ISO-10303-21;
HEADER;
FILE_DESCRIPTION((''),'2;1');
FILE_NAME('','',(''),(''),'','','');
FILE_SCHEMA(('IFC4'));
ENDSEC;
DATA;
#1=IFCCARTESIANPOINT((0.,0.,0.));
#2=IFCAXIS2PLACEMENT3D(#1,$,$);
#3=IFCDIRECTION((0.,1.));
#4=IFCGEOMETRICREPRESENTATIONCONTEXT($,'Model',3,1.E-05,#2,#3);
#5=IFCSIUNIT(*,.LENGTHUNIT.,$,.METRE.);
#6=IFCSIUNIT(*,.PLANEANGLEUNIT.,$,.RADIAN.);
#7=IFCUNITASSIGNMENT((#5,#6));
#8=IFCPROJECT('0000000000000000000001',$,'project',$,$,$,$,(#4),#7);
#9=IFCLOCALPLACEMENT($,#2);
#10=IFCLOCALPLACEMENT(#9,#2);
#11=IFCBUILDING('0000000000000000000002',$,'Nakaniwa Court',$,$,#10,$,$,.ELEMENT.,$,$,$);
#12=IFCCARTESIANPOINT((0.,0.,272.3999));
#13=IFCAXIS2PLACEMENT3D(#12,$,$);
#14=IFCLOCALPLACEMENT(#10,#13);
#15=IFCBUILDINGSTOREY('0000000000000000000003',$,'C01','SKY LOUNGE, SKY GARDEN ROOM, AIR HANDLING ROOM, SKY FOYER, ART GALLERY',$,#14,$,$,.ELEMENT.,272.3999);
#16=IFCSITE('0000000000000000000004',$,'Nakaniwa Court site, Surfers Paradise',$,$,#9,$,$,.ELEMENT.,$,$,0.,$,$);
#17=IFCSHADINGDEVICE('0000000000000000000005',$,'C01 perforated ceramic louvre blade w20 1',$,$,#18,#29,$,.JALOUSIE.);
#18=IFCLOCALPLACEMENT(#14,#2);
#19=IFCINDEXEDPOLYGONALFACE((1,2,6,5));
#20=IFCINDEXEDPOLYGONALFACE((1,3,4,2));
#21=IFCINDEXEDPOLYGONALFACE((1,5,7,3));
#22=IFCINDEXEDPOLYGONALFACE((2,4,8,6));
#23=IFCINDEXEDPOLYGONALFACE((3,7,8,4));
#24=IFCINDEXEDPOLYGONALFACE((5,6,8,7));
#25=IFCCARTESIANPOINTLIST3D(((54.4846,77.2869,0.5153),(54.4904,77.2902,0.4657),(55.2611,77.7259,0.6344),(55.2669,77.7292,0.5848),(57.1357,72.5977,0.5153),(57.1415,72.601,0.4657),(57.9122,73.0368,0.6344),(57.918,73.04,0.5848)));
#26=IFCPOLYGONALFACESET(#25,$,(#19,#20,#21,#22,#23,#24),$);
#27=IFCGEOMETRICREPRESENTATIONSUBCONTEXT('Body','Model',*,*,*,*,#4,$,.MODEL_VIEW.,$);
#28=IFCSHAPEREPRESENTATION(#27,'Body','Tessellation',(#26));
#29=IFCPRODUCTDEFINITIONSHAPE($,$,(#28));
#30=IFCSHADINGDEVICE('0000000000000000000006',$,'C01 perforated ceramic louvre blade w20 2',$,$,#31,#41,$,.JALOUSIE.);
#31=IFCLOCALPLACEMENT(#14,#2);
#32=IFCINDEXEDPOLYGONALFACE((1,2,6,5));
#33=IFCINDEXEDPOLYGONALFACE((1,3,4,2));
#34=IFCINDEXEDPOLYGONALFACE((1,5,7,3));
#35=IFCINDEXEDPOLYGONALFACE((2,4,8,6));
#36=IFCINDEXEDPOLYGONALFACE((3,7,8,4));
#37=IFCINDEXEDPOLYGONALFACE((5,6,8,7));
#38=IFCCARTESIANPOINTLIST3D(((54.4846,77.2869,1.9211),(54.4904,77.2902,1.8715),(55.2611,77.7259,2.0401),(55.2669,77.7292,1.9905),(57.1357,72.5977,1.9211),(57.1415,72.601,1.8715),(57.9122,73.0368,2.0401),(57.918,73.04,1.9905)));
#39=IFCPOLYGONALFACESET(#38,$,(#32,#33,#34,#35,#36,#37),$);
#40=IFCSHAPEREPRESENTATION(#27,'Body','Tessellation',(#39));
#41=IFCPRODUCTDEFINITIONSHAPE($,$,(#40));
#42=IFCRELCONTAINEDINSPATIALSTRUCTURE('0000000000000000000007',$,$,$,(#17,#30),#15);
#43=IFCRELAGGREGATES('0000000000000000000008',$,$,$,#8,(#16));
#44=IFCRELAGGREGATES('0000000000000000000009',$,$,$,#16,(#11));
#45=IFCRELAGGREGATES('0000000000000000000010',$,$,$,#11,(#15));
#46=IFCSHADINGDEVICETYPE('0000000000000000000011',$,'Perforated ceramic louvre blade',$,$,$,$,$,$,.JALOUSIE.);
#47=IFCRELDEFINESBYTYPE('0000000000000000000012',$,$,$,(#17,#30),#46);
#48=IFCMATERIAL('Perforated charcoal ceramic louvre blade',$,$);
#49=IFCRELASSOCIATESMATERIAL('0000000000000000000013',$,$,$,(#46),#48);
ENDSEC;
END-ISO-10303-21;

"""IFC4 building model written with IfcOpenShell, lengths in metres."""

from ifc_helpers import new_model, si_unit, direction, frame, origin, origin_2d, place, context, subcontext, project, spatial, rectangle, extrude, material, material_profile, profile_set, type_object, element, save


model = new_model("IFC4")

# Units and contexts
model_context = context("Model", 3, precision=1e-05, world=origin(), true_north=direction((0.0, 1.0)))
body_context = subcontext(model_context, "Body", "Model", "MODEL_VIEW")
ifc_project = project(units=[si_unit("LENGTHUNIT", "METRE"), si_unit("PLANEANGLEUNIT", "RADIAN")], contexts=[model_context])

# Site, building, storey
site_placement = place(None, origin())
site = spatial("IfcSite", under=ifc_project, at=site_placement, Name="Nakaniwa Court site, Surfers Paradise", CompositionType="ELEMENT", RefElevation=0.0)
building_placement = place(site_placement, origin())
building = spatial("IfcBuilding", under=site, at=building_placement, Name="Nakaniwa Court", CompositionType="ELEMENT")
storey_placement = place(building_placement, frame((0.0, 0.0, 272.3999)))
storey = spatial("IfcBuildingStorey", under=building, at=storey_placement, Name="C01", Description="SKY LOUNGE, SKY GARDEN ROOM, AIR HANDLING ROOM, SKY FOYER, ART GALLERY", CompositionType="ELEMENT", Elevation=272.3999)

# Shading devices
ifc_material_1 = material(Name="Perforated charcoal ceramic louvre blade")
ifc_material_profile_1 = material_profile(ifc_material_1, rectangle(XDim=0.8999, YDim=0.05, at=origin_2d()), Name="Perforated ceramic louvre blade")
ifc_profile_set_1 = profile_set([ifc_material_profile_1], Name="Perforated charcoal ceramic louvre blade")
shading_device_type = type_object("IfcShadingDeviceType", Name="Perforated ceramic louvre blade", PredefinedType="JALOUSIE", material=ifc_profile_set_1)
for number, where, z_axis, x_axis, name in (
    (1, (54.8757, 77.5081, 0.55), (0.492156, -0.870507, 0.0), (0.86286, 0.487832, 0.132256), "C01 perforated ceramic louvre blade w20 1"),
    (2, (54.8757, 77.5081, 1.9558), (0.492156, -0.870507, 0.0), (0.86286, 0.487832, 0.132256), "C01 perforated ceramic louvre blade w20 2"),
):
    element("IfcShadingDevice", number, at=place(storey_placement, frame(where, z_axis=z_axis, x_axis=x_axis)), inside=storey, type_object=shading_device_type, Name=name, PredefinedType="JALOUSIE", context=body_context, shape_type="SweptSolid", body=[
        extrude(rectangle(XDim=0.8999, YDim=0.05, at=origin_2d()), origin(), (0.0, 0.0, 1.0), 5.3867),
    ])

save(model, "model.ifc")
